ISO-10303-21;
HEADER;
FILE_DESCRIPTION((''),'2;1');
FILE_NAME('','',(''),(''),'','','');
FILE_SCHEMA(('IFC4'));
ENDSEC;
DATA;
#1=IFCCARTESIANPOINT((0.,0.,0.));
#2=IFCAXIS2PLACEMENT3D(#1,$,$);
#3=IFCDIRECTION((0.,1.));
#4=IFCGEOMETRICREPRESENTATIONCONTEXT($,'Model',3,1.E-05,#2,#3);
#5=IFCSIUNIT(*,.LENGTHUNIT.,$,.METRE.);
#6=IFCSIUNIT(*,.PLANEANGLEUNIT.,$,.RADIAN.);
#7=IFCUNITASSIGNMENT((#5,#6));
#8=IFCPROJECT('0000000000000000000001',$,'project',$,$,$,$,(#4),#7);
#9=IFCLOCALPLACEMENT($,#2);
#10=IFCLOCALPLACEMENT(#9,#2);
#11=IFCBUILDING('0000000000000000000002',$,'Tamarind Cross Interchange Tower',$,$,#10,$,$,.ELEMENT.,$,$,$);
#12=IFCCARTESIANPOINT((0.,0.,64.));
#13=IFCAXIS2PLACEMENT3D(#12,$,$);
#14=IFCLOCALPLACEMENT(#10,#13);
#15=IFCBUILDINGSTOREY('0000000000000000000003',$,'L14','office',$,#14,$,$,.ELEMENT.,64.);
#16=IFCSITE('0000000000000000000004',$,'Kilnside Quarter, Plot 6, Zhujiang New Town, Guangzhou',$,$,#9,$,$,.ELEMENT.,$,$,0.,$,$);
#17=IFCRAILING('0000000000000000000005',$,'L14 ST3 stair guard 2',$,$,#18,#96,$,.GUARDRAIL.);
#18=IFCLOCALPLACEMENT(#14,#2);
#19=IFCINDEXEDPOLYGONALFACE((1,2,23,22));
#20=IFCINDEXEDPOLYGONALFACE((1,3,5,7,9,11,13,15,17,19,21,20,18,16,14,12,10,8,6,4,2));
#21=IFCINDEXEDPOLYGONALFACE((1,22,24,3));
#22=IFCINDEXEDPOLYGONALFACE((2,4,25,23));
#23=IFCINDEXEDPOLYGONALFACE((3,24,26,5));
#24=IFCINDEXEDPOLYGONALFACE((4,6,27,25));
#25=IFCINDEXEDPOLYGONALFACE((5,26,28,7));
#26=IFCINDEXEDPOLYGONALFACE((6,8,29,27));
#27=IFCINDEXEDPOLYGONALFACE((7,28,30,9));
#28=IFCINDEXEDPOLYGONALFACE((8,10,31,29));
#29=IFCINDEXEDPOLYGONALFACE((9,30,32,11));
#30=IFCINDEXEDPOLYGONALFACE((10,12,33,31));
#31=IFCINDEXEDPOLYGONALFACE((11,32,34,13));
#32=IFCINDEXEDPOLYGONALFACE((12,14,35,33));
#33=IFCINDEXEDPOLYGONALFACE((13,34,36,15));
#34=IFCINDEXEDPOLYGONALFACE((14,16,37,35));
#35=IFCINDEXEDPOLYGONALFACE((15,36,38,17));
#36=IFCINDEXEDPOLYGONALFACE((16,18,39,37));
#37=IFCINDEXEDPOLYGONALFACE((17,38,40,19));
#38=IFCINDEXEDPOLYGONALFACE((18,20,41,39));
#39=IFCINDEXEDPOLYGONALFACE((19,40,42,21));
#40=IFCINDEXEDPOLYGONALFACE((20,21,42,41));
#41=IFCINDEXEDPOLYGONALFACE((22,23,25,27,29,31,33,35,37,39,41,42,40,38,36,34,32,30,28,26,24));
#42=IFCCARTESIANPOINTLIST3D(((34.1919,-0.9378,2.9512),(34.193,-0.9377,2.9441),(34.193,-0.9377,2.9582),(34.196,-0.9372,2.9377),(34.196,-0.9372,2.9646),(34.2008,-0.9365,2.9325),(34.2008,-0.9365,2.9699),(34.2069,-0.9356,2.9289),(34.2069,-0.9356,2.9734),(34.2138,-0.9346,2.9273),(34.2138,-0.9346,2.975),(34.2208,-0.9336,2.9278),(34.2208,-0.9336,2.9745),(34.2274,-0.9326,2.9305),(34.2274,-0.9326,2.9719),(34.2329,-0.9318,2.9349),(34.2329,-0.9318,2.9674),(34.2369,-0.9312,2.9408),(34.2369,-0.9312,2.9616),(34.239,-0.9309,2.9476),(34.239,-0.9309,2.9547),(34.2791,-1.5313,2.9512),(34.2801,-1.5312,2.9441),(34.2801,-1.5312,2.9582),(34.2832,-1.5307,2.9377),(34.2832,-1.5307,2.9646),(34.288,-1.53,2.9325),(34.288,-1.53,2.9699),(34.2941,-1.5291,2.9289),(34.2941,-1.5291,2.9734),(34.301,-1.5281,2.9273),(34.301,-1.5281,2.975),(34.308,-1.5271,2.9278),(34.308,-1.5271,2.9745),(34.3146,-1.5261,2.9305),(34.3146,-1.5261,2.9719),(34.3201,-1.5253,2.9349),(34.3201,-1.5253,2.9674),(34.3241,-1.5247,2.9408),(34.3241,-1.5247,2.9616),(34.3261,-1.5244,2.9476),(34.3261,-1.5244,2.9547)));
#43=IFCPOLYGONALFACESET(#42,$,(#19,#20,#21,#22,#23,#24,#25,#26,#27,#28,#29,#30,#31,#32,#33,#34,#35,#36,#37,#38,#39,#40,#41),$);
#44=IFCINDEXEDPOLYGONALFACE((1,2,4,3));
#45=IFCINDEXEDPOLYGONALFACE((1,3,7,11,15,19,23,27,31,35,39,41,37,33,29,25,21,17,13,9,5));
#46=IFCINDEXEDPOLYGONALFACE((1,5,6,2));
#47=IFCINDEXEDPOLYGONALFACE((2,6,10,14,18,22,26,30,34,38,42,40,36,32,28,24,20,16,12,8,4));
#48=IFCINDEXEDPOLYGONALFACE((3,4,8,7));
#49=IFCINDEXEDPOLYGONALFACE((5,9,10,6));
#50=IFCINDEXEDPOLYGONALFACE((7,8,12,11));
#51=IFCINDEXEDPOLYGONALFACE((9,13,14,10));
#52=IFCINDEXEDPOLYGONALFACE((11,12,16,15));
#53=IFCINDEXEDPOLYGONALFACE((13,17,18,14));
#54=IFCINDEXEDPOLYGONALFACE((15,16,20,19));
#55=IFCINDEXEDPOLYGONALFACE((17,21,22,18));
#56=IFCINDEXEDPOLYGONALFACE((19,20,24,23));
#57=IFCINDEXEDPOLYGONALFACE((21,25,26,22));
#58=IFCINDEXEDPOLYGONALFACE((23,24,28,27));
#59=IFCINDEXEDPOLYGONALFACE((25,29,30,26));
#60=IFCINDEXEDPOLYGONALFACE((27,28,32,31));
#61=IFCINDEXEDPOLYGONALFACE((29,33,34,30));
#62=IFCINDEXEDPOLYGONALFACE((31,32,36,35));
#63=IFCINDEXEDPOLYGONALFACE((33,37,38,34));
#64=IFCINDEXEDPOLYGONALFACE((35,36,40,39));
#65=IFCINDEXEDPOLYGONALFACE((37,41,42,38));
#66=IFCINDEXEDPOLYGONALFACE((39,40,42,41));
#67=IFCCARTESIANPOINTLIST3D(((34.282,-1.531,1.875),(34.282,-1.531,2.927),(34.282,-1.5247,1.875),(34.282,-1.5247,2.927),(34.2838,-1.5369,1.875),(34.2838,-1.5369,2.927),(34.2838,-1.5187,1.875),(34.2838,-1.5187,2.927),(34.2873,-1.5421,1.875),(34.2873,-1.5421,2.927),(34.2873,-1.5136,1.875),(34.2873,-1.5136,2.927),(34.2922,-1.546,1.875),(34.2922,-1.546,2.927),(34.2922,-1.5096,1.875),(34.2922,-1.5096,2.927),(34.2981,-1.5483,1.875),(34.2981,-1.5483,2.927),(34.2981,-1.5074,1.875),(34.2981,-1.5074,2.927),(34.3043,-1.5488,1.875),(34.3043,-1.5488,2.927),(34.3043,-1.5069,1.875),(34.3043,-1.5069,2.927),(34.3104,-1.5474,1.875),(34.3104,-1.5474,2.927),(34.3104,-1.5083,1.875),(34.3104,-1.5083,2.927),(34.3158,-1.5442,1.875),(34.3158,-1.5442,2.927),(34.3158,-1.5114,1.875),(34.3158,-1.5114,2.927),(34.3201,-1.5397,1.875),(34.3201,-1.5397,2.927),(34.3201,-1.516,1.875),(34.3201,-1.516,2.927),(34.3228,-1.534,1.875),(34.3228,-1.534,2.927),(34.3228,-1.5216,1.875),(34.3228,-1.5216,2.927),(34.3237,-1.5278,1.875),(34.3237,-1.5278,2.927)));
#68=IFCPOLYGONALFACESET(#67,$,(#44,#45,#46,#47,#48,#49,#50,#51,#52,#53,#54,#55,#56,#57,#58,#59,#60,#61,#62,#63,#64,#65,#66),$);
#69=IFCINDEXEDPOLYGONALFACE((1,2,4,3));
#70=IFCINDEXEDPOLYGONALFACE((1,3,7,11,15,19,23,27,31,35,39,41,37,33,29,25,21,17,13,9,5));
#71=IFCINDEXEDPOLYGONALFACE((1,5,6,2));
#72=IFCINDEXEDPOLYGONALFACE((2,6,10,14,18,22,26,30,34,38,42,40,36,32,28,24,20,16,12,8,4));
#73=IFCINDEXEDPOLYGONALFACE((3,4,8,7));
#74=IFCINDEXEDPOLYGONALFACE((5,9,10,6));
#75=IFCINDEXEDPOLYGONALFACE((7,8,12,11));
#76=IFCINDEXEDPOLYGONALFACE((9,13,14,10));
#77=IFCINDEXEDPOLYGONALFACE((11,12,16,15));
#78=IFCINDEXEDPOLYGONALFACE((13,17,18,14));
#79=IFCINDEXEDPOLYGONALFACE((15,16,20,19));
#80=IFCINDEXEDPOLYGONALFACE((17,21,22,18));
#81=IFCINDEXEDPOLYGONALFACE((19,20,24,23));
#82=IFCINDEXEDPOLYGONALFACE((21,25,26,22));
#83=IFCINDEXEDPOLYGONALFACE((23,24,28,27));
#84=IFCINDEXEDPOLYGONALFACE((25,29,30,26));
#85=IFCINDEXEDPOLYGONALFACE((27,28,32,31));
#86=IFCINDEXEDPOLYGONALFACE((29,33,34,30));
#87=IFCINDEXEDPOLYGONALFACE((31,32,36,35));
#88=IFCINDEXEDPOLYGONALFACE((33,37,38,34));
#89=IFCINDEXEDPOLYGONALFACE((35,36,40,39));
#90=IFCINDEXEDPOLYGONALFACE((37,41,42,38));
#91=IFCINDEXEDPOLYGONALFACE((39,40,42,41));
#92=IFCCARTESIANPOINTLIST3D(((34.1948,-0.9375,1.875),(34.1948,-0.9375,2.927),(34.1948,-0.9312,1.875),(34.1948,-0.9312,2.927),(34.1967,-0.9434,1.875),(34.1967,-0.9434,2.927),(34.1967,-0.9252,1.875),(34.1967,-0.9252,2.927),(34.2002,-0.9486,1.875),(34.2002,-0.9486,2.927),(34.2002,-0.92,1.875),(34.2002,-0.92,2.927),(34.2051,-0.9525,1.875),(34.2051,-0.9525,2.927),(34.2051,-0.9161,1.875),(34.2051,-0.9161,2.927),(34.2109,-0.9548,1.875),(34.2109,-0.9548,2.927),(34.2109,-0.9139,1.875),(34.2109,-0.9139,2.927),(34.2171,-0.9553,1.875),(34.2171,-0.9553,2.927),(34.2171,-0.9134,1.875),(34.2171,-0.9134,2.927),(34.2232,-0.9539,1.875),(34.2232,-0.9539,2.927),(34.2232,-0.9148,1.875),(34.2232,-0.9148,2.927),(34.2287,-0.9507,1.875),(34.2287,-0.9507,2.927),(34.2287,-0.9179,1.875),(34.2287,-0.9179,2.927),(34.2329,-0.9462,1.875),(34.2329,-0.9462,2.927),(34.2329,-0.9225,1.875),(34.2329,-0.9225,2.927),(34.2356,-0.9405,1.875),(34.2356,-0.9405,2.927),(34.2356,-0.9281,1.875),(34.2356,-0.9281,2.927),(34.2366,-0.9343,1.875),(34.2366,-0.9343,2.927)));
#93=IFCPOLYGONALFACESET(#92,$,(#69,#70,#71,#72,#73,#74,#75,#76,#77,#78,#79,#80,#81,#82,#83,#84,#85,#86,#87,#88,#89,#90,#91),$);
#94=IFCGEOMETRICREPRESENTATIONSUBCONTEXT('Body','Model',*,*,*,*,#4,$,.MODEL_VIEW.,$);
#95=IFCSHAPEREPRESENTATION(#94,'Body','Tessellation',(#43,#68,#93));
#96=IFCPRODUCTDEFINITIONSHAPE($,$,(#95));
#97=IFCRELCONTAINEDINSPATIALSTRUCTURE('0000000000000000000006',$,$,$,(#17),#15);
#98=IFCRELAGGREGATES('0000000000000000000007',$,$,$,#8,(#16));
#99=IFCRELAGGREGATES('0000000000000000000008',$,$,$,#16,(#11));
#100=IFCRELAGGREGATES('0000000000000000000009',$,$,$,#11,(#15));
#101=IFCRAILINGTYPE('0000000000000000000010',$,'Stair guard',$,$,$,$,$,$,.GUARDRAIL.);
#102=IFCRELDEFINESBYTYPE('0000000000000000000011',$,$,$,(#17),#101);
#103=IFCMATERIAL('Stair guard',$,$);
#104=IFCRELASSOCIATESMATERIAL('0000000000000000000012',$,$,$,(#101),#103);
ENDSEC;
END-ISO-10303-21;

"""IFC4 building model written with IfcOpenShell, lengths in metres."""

from ifc_helpers import new_model, si_unit, direction, frame, origin, origin_2d, place, context, subcontext, project, spatial, circle, extrude, material, type_object, element, save


model = new_model("IFC4")

# Units and contexts
model_context = context("Model", 3, precision=1e-05, world=origin(), true_north=direction((0.0, 1.0)))
body_context = subcontext(model_context, "Body", "Model", "MODEL_VIEW")
ifc_project = project(units=[si_unit("LENGTHUNIT", "METRE"), si_unit("PLANEANGLEUNIT", "RADIAN")], contexts=[model_context])

# Site, building, storey
site_placement = place(None, origin())
site = spatial("IfcSite", under=ifc_project, at=site_placement, Name="Kilnside Quarter, Plot 6, Zhujiang New Town, Guangzhou", CompositionType="ELEMENT", RefElevation=0.0)
building_placement = place(site_placement, origin())
building = spatial("IfcBuilding", under=site, at=building_placement, Name="Tamarind Cross Interchange Tower", CompositionType="ELEMENT")
storey_placement = place(building_placement, frame((0.0, 0.0, 64.0)))
storey = spatial("IfcBuildingStorey", under=building, at=storey_placement, Name="L14", Description="office", CompositionType="ELEMENT", Elevation=64.0)

# Railing
ifc_material_1 = material(Name="Stair guard")
railing_type_1 = type_object("IfcRailingType", Name="Stair guard", PredefinedType="GUARDRAIL", material=ifc_material_1)
railing_1_placement = place(storey_placement, frame((34.3027, -1.5278, 1.875)))
element("IfcRailing", 1, at=railing_1_placement, inside=storey, type_object=railing_type_1, Name="L14 ST3 stair guard 2", PredefinedType="GUARDRAIL", context=body_context, shape_type="SweptSolid", body=[
    extrude(circle(Radius=0.0239, at=origin_2d()), frame((0.0, 0.0, 1.0762), z_axis=(-0.145295, 0.989388, 0.0), x_axis=(-0.989388, -0.145295, 0.0)), (0.0, 0.0, 1.0), 0.5999),
    extrude(circle(Radius=0.021, at=origin_2d()), origin(), (0.0, 0.0, 1.0), 1.052),
    extrude(circle(Radius=0.021, at=origin_2d()), frame((-0.0872, 0.5935, 0.0)), (0.0, 0.0, 1.0), 1.052),
])

save(model, "model.ifc")
